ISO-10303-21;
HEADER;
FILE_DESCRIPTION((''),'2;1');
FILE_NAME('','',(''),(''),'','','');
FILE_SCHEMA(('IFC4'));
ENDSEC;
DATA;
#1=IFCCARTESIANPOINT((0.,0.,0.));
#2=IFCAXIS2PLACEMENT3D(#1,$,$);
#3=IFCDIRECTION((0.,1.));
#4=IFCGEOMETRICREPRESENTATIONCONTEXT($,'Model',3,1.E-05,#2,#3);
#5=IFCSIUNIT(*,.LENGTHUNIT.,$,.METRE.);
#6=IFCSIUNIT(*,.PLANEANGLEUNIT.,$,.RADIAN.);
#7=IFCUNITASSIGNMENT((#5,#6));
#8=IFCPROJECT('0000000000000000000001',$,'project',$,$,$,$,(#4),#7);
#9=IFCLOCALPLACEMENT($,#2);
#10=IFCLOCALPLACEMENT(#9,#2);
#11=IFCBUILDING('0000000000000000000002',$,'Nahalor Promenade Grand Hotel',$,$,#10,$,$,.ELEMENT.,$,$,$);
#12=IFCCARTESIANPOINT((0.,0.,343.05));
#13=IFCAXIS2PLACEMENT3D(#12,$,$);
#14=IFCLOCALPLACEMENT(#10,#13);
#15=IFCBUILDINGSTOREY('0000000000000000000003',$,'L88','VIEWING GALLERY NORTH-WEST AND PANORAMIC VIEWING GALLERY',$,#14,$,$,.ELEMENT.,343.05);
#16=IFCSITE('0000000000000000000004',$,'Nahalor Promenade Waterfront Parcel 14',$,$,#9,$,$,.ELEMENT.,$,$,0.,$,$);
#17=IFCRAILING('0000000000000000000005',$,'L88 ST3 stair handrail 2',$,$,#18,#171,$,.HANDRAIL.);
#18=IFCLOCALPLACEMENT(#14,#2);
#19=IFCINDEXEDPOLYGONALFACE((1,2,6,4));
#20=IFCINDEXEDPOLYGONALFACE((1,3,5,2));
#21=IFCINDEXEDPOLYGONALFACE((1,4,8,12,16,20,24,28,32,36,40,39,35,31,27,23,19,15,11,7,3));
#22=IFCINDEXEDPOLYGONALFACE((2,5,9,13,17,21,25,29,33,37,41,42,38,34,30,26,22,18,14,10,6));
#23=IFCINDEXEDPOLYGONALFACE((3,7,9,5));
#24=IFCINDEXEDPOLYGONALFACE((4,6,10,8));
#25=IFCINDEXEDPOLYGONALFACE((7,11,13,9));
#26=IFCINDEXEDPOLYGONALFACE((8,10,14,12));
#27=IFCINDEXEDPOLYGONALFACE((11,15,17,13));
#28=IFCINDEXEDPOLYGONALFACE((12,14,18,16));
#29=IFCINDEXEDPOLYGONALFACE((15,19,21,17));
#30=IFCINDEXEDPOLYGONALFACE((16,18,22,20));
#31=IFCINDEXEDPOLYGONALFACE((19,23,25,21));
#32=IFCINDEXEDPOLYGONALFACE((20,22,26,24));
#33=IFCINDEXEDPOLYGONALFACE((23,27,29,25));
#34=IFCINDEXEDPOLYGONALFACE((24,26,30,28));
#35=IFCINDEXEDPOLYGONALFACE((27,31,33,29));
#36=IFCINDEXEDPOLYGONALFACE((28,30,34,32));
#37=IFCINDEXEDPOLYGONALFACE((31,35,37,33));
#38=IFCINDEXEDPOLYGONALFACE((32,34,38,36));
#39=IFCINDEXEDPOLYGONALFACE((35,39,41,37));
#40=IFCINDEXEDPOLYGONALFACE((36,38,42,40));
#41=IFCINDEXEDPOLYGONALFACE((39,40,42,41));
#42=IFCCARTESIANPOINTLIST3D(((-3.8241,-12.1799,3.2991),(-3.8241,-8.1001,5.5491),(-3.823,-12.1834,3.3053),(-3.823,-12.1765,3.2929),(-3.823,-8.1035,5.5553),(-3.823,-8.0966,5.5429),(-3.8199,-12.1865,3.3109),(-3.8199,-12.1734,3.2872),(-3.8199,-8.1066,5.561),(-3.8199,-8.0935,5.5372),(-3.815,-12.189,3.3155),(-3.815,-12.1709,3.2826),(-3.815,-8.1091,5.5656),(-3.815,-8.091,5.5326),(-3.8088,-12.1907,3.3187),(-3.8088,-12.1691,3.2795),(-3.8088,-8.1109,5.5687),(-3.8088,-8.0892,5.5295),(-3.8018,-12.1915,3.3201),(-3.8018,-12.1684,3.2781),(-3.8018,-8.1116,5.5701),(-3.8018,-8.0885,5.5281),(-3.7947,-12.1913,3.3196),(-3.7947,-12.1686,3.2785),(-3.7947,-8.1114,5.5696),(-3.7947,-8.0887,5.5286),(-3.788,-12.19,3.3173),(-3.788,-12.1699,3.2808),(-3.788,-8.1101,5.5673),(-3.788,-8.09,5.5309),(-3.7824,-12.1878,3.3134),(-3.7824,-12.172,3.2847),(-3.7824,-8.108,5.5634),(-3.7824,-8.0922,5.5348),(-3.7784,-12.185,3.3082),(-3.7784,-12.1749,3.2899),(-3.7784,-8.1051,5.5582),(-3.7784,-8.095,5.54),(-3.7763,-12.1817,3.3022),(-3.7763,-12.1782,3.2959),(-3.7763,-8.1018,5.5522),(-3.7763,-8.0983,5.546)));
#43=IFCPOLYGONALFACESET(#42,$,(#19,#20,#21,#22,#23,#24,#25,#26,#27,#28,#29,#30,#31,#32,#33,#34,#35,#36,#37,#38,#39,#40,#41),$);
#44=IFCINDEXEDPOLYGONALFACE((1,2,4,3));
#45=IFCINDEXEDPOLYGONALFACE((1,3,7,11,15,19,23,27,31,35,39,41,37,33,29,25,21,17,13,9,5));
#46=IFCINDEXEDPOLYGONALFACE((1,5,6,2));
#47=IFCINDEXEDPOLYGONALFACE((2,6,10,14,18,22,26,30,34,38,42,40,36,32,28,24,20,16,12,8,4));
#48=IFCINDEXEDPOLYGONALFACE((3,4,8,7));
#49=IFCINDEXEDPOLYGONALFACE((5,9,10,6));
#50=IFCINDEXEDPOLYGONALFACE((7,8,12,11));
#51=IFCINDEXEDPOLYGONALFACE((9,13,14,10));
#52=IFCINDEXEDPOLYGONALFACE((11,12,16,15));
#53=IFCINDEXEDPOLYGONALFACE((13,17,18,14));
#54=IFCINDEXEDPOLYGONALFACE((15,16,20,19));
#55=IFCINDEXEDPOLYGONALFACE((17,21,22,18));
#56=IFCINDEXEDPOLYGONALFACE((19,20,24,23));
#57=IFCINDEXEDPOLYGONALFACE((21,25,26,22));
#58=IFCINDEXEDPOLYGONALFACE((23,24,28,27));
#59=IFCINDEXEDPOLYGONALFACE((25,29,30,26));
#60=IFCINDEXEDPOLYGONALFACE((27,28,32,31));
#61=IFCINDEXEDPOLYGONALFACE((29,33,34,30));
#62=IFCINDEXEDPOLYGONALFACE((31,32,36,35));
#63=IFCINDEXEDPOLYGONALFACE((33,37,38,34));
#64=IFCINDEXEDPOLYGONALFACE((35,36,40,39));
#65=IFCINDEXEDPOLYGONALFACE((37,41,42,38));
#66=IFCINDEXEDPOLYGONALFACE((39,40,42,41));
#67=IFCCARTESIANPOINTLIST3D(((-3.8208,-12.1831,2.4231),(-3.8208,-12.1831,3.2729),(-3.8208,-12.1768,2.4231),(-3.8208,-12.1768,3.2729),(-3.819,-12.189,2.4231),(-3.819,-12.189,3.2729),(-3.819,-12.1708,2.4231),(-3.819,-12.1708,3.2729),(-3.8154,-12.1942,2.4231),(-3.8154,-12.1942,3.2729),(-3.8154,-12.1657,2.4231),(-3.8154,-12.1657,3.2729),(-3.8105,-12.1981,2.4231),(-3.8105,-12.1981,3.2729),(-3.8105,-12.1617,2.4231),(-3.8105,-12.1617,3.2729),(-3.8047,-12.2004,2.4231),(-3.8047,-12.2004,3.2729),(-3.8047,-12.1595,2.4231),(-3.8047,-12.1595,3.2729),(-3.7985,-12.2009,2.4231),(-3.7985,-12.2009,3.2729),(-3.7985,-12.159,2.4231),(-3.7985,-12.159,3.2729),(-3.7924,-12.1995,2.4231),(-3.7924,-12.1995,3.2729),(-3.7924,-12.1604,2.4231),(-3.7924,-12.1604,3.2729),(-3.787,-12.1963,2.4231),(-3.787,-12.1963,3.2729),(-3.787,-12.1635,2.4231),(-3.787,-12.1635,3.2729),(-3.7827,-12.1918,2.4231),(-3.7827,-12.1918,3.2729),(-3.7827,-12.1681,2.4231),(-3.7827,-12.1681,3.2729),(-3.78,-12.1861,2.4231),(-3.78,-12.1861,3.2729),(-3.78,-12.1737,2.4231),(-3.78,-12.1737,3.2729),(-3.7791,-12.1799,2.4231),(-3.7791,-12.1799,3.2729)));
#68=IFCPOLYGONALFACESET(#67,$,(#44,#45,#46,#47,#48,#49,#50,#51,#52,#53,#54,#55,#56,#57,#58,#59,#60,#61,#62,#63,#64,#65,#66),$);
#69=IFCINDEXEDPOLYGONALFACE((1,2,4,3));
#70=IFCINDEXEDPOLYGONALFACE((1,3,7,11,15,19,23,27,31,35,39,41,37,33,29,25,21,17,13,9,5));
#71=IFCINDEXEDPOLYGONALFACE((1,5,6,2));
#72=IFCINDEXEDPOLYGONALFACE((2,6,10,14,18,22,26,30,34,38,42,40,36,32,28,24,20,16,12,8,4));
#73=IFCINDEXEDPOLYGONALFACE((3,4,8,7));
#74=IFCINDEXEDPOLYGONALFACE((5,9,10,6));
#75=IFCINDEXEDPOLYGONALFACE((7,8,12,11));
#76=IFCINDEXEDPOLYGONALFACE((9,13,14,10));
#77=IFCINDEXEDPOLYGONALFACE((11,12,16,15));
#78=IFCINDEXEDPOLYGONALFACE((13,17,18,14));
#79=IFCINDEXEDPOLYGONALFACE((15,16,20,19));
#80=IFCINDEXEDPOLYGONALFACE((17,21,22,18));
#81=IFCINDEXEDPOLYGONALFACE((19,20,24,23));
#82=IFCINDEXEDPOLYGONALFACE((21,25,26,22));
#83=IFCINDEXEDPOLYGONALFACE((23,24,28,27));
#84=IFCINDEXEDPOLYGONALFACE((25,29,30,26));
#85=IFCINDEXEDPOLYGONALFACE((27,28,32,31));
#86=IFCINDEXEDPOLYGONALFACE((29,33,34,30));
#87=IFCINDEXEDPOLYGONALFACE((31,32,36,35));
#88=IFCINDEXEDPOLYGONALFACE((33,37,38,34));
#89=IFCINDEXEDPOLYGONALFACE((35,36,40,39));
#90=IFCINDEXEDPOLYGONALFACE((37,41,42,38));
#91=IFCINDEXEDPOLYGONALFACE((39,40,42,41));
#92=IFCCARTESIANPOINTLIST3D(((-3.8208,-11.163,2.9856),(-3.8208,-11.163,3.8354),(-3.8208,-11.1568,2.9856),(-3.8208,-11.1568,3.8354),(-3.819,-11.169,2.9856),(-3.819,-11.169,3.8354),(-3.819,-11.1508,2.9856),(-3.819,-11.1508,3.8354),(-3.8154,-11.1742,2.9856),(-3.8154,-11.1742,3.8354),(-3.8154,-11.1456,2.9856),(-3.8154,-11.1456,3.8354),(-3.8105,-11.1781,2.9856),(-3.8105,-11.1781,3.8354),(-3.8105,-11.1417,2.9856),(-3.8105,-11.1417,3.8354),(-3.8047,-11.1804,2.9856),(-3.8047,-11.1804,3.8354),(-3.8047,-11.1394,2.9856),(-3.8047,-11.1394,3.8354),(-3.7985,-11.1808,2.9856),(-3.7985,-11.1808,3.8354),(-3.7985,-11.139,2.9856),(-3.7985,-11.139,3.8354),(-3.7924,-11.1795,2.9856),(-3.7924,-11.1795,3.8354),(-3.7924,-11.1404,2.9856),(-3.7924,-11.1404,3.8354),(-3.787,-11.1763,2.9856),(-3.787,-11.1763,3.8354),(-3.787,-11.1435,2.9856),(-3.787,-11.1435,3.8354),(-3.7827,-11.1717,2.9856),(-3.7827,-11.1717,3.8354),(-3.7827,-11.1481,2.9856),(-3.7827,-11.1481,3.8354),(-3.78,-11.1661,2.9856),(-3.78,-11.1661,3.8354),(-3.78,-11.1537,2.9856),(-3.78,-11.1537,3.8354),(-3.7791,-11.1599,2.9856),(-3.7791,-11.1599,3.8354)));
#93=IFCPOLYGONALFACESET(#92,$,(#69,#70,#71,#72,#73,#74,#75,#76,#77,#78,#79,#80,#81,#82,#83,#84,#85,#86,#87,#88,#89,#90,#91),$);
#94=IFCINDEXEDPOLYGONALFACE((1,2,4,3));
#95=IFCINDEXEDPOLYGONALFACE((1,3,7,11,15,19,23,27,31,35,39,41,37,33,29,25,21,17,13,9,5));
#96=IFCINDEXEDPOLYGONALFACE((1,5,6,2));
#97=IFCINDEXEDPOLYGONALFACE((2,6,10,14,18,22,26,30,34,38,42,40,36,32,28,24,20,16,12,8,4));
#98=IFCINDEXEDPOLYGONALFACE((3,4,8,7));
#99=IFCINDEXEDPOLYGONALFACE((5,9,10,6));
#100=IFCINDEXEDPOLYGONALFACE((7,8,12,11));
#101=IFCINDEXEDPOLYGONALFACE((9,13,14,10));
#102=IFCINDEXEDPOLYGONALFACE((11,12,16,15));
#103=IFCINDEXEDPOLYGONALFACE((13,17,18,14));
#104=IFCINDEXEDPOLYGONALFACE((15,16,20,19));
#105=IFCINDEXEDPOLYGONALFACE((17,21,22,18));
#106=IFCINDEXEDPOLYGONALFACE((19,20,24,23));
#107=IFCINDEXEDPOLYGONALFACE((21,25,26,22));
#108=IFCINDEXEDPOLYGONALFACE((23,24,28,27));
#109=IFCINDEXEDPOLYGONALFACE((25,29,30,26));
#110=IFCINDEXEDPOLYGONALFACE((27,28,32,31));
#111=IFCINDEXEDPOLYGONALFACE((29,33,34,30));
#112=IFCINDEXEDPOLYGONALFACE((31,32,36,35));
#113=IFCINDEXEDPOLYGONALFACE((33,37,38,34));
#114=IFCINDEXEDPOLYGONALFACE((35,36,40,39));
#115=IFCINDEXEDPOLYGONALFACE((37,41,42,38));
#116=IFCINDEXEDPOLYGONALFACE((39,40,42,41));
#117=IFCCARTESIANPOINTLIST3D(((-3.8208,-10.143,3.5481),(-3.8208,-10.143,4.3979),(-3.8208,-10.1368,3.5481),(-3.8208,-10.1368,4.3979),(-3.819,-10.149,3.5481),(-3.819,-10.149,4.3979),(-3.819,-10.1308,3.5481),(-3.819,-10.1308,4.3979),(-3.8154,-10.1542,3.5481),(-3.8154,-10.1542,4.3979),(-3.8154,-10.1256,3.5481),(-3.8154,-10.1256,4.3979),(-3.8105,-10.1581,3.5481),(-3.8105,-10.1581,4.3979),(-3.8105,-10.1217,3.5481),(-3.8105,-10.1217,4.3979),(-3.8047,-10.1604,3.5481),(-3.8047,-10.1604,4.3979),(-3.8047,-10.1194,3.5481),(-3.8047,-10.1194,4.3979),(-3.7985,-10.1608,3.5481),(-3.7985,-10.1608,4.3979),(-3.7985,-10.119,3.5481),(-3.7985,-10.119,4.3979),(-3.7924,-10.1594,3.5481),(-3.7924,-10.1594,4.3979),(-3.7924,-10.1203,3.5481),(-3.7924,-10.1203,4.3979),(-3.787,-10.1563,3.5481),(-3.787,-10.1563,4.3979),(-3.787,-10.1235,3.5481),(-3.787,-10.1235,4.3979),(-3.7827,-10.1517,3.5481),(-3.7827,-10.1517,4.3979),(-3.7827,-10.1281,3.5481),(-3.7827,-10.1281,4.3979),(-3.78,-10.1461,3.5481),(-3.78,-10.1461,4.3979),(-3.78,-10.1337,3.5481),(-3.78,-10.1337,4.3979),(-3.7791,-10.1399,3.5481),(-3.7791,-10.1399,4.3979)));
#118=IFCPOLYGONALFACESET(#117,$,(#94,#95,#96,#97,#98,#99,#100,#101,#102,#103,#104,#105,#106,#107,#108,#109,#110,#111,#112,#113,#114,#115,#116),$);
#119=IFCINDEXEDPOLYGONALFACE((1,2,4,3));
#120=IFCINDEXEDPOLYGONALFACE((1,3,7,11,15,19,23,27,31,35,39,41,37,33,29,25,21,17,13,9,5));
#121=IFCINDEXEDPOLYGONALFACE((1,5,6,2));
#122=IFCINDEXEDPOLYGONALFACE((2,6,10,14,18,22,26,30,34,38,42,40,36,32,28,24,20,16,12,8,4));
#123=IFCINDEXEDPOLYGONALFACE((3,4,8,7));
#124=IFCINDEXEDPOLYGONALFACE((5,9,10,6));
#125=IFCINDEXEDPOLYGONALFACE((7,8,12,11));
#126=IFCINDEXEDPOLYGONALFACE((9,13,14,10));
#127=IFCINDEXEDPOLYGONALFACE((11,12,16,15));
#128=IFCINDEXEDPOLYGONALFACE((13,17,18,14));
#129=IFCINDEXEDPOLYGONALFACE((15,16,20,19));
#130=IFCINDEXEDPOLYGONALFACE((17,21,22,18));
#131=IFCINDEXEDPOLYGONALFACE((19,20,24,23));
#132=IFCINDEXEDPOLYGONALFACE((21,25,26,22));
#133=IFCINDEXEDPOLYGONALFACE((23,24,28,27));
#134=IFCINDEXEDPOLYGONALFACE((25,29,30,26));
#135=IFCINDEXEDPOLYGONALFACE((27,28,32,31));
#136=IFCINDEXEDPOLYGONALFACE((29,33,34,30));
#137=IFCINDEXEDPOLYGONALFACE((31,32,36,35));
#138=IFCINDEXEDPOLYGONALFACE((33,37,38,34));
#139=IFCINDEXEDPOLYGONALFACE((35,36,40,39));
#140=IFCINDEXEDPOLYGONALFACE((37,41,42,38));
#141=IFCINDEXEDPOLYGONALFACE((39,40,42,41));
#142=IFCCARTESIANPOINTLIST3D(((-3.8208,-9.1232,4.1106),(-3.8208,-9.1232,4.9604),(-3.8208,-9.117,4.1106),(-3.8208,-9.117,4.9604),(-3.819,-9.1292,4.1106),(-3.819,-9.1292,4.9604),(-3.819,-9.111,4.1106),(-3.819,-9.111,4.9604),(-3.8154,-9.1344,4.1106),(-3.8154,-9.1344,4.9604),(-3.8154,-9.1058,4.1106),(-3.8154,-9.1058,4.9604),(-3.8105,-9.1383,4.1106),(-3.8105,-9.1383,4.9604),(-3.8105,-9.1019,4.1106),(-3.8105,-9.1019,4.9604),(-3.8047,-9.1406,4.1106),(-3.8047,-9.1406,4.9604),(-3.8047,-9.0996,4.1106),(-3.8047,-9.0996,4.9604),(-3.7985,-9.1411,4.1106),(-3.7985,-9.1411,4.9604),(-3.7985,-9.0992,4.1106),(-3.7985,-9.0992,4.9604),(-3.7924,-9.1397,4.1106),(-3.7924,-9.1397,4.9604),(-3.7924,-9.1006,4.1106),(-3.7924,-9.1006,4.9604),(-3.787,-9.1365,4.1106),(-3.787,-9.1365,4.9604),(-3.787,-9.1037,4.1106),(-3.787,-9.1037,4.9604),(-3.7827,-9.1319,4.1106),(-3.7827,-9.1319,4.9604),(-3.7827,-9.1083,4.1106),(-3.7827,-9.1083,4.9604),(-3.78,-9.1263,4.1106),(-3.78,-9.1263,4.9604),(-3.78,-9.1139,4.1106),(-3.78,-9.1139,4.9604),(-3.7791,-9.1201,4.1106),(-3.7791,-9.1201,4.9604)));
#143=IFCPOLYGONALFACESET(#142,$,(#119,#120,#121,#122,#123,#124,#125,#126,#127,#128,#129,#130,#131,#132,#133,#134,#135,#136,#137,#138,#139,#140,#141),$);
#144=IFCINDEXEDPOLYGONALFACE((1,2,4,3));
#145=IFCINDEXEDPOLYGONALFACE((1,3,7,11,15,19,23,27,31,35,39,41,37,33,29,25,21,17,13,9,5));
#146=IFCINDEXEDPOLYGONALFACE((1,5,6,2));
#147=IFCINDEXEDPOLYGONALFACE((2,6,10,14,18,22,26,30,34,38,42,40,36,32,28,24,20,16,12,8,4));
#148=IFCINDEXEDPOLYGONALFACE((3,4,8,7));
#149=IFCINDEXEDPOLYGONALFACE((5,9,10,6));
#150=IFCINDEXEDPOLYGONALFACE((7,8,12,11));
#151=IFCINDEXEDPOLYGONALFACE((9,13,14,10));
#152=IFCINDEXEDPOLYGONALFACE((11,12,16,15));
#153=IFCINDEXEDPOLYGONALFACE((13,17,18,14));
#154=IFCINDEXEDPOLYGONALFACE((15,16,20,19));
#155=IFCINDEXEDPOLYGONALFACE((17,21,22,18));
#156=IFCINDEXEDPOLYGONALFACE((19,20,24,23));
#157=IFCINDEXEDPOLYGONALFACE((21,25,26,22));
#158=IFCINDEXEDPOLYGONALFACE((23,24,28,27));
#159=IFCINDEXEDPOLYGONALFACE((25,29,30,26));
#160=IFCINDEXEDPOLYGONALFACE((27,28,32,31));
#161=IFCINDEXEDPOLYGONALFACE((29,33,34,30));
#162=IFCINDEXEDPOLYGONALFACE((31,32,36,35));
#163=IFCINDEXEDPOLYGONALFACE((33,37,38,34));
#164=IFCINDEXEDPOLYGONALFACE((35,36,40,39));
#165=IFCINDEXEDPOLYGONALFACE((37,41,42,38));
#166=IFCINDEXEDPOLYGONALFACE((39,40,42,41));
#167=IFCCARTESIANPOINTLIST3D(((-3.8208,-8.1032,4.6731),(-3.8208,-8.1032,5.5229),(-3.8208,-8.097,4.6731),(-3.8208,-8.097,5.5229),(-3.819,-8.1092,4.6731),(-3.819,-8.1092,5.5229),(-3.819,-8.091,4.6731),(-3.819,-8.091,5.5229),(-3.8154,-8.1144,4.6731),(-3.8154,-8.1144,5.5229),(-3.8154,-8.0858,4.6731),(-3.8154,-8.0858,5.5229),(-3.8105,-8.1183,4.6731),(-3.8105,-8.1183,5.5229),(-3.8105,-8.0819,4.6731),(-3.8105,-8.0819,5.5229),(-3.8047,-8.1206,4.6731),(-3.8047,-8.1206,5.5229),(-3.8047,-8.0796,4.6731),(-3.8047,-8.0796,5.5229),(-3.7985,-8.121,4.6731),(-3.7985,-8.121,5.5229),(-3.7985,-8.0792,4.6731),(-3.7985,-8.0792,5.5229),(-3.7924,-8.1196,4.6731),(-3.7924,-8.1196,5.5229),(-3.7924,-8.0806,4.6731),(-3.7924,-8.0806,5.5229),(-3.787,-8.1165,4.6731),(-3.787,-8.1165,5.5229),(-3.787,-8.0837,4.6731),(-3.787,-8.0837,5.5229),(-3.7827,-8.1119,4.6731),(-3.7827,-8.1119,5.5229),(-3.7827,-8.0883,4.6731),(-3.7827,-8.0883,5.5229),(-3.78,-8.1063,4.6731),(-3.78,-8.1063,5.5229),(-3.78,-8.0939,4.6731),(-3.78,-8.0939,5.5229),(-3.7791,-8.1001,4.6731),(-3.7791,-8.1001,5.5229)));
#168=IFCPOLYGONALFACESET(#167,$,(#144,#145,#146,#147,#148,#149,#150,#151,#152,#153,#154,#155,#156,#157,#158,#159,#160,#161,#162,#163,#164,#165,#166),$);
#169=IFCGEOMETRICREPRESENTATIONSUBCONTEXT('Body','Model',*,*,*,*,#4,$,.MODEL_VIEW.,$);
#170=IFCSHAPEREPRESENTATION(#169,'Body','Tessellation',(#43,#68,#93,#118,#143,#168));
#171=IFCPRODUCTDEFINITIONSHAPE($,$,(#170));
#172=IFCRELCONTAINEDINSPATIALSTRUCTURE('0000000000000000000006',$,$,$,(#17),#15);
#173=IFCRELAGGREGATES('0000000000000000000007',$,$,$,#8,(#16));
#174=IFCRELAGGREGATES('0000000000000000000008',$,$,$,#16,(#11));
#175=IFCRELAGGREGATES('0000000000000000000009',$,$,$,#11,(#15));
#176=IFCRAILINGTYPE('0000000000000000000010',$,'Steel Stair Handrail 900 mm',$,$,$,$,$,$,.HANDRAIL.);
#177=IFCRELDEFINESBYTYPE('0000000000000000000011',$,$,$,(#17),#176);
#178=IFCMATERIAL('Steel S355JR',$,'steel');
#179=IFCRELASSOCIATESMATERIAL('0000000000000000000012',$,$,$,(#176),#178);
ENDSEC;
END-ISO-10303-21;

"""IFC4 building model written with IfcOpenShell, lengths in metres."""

from ifc_helpers import new_model, si_unit, direction, frame, origin, origin_2d, place, context, subcontext, project, spatial, circle, extrude, material, type_object, element, save


model = new_model("IFC4")

# Units and contexts
model_context = context("Model", 3, precision=1e-05, world=origin(), true_north=direction((0.0, 1.0)))
body_context = subcontext(model_context, "Body", "Model", "MODEL_VIEW")
ifc_project = project(units=[si_unit("LENGTHUNIT", "METRE"), si_unit("PLANEANGLEUNIT", "RADIAN")], contexts=[model_context])

# Site, building, storey
site_placement = place(None, origin())
site = spatial("IfcSite", under=ifc_project, at=site_placement, Name="Nahalor Promenade Waterfront Parcel 14", CompositionType="ELEMENT", RefElevation=0.0)
building_placement = place(site_placement, origin())
building = spatial("IfcBuilding", under=site, at=building_placement, Name="Nahalor Promenade Grand Hotel", CompositionType="ELEMENT")
storey_placement = place(building_placement, frame((0.0, 0.0, 343.05)))
storey = spatial("IfcBuildingStorey", under=building, at=storey_placement, Name="L88", Description="VIEWING GALLERY NORTH-WEST AND PANORAMIC VIEWING GALLERY", CompositionType="ELEMENT", Elevation=343.05)

# Shared definitions
ifc_material_1 = material(Name="Steel S355JR", Category="steel")

# Railing
railing_type_1 = type_object("IfcRailingType", Name="Steel Stair Handrail 900 mm", PredefinedType="HANDRAIL", material=ifc_material_1)
railing_1_placement = place(storey_placement, frame((-3.8, -12.1799, 2.4231)))
element("IfcRailing", 1, at=railing_1_placement, inside=storey, type_object=railing_type_1, Name="L88 ST3 stair handrail 2", PredefinedType="HANDRAIL", context=body_context, shape_type="SweptSolid", body=[
    extrude(circle(Radius=0.024, at=origin_2d()), frame((0.0, 0.0, 0.876), z_axis=(0.0, 0.875663, 0.482922), x_axis=(-1.0, 0.0, 0.0)), (0.0, 0.0, 1.0), 4.6592),
    extrude(circle(Radius=0.021, at=origin_2d()), origin(), (0.0, 0.0, 1.0), 0.8499),
    extrude(circle(Radius=0.021, at=origin_2d()), frame((0.0, 1.02, 0.5625)), (0.0, 0.0, 1.0), 0.8499),
    extrude(circle(Radius=0.021, at=origin_2d()), frame((0.0, 2.04, 1.125)), (0.0, 0.0, 1.0), 0.8499),
    extrude(circle(Radius=0.021, at=origin_2d()), frame((0.0, 3.0598, 1.6875)), (0.0, 0.0, 1.0), 0.8499),
    extrude(circle(Radius=0.021, at=origin_2d()), frame((0.0, 4.0798, 2.25)), (0.0, 0.0, 1.0), 0.8499),
])

save(model, "model.ifc")
